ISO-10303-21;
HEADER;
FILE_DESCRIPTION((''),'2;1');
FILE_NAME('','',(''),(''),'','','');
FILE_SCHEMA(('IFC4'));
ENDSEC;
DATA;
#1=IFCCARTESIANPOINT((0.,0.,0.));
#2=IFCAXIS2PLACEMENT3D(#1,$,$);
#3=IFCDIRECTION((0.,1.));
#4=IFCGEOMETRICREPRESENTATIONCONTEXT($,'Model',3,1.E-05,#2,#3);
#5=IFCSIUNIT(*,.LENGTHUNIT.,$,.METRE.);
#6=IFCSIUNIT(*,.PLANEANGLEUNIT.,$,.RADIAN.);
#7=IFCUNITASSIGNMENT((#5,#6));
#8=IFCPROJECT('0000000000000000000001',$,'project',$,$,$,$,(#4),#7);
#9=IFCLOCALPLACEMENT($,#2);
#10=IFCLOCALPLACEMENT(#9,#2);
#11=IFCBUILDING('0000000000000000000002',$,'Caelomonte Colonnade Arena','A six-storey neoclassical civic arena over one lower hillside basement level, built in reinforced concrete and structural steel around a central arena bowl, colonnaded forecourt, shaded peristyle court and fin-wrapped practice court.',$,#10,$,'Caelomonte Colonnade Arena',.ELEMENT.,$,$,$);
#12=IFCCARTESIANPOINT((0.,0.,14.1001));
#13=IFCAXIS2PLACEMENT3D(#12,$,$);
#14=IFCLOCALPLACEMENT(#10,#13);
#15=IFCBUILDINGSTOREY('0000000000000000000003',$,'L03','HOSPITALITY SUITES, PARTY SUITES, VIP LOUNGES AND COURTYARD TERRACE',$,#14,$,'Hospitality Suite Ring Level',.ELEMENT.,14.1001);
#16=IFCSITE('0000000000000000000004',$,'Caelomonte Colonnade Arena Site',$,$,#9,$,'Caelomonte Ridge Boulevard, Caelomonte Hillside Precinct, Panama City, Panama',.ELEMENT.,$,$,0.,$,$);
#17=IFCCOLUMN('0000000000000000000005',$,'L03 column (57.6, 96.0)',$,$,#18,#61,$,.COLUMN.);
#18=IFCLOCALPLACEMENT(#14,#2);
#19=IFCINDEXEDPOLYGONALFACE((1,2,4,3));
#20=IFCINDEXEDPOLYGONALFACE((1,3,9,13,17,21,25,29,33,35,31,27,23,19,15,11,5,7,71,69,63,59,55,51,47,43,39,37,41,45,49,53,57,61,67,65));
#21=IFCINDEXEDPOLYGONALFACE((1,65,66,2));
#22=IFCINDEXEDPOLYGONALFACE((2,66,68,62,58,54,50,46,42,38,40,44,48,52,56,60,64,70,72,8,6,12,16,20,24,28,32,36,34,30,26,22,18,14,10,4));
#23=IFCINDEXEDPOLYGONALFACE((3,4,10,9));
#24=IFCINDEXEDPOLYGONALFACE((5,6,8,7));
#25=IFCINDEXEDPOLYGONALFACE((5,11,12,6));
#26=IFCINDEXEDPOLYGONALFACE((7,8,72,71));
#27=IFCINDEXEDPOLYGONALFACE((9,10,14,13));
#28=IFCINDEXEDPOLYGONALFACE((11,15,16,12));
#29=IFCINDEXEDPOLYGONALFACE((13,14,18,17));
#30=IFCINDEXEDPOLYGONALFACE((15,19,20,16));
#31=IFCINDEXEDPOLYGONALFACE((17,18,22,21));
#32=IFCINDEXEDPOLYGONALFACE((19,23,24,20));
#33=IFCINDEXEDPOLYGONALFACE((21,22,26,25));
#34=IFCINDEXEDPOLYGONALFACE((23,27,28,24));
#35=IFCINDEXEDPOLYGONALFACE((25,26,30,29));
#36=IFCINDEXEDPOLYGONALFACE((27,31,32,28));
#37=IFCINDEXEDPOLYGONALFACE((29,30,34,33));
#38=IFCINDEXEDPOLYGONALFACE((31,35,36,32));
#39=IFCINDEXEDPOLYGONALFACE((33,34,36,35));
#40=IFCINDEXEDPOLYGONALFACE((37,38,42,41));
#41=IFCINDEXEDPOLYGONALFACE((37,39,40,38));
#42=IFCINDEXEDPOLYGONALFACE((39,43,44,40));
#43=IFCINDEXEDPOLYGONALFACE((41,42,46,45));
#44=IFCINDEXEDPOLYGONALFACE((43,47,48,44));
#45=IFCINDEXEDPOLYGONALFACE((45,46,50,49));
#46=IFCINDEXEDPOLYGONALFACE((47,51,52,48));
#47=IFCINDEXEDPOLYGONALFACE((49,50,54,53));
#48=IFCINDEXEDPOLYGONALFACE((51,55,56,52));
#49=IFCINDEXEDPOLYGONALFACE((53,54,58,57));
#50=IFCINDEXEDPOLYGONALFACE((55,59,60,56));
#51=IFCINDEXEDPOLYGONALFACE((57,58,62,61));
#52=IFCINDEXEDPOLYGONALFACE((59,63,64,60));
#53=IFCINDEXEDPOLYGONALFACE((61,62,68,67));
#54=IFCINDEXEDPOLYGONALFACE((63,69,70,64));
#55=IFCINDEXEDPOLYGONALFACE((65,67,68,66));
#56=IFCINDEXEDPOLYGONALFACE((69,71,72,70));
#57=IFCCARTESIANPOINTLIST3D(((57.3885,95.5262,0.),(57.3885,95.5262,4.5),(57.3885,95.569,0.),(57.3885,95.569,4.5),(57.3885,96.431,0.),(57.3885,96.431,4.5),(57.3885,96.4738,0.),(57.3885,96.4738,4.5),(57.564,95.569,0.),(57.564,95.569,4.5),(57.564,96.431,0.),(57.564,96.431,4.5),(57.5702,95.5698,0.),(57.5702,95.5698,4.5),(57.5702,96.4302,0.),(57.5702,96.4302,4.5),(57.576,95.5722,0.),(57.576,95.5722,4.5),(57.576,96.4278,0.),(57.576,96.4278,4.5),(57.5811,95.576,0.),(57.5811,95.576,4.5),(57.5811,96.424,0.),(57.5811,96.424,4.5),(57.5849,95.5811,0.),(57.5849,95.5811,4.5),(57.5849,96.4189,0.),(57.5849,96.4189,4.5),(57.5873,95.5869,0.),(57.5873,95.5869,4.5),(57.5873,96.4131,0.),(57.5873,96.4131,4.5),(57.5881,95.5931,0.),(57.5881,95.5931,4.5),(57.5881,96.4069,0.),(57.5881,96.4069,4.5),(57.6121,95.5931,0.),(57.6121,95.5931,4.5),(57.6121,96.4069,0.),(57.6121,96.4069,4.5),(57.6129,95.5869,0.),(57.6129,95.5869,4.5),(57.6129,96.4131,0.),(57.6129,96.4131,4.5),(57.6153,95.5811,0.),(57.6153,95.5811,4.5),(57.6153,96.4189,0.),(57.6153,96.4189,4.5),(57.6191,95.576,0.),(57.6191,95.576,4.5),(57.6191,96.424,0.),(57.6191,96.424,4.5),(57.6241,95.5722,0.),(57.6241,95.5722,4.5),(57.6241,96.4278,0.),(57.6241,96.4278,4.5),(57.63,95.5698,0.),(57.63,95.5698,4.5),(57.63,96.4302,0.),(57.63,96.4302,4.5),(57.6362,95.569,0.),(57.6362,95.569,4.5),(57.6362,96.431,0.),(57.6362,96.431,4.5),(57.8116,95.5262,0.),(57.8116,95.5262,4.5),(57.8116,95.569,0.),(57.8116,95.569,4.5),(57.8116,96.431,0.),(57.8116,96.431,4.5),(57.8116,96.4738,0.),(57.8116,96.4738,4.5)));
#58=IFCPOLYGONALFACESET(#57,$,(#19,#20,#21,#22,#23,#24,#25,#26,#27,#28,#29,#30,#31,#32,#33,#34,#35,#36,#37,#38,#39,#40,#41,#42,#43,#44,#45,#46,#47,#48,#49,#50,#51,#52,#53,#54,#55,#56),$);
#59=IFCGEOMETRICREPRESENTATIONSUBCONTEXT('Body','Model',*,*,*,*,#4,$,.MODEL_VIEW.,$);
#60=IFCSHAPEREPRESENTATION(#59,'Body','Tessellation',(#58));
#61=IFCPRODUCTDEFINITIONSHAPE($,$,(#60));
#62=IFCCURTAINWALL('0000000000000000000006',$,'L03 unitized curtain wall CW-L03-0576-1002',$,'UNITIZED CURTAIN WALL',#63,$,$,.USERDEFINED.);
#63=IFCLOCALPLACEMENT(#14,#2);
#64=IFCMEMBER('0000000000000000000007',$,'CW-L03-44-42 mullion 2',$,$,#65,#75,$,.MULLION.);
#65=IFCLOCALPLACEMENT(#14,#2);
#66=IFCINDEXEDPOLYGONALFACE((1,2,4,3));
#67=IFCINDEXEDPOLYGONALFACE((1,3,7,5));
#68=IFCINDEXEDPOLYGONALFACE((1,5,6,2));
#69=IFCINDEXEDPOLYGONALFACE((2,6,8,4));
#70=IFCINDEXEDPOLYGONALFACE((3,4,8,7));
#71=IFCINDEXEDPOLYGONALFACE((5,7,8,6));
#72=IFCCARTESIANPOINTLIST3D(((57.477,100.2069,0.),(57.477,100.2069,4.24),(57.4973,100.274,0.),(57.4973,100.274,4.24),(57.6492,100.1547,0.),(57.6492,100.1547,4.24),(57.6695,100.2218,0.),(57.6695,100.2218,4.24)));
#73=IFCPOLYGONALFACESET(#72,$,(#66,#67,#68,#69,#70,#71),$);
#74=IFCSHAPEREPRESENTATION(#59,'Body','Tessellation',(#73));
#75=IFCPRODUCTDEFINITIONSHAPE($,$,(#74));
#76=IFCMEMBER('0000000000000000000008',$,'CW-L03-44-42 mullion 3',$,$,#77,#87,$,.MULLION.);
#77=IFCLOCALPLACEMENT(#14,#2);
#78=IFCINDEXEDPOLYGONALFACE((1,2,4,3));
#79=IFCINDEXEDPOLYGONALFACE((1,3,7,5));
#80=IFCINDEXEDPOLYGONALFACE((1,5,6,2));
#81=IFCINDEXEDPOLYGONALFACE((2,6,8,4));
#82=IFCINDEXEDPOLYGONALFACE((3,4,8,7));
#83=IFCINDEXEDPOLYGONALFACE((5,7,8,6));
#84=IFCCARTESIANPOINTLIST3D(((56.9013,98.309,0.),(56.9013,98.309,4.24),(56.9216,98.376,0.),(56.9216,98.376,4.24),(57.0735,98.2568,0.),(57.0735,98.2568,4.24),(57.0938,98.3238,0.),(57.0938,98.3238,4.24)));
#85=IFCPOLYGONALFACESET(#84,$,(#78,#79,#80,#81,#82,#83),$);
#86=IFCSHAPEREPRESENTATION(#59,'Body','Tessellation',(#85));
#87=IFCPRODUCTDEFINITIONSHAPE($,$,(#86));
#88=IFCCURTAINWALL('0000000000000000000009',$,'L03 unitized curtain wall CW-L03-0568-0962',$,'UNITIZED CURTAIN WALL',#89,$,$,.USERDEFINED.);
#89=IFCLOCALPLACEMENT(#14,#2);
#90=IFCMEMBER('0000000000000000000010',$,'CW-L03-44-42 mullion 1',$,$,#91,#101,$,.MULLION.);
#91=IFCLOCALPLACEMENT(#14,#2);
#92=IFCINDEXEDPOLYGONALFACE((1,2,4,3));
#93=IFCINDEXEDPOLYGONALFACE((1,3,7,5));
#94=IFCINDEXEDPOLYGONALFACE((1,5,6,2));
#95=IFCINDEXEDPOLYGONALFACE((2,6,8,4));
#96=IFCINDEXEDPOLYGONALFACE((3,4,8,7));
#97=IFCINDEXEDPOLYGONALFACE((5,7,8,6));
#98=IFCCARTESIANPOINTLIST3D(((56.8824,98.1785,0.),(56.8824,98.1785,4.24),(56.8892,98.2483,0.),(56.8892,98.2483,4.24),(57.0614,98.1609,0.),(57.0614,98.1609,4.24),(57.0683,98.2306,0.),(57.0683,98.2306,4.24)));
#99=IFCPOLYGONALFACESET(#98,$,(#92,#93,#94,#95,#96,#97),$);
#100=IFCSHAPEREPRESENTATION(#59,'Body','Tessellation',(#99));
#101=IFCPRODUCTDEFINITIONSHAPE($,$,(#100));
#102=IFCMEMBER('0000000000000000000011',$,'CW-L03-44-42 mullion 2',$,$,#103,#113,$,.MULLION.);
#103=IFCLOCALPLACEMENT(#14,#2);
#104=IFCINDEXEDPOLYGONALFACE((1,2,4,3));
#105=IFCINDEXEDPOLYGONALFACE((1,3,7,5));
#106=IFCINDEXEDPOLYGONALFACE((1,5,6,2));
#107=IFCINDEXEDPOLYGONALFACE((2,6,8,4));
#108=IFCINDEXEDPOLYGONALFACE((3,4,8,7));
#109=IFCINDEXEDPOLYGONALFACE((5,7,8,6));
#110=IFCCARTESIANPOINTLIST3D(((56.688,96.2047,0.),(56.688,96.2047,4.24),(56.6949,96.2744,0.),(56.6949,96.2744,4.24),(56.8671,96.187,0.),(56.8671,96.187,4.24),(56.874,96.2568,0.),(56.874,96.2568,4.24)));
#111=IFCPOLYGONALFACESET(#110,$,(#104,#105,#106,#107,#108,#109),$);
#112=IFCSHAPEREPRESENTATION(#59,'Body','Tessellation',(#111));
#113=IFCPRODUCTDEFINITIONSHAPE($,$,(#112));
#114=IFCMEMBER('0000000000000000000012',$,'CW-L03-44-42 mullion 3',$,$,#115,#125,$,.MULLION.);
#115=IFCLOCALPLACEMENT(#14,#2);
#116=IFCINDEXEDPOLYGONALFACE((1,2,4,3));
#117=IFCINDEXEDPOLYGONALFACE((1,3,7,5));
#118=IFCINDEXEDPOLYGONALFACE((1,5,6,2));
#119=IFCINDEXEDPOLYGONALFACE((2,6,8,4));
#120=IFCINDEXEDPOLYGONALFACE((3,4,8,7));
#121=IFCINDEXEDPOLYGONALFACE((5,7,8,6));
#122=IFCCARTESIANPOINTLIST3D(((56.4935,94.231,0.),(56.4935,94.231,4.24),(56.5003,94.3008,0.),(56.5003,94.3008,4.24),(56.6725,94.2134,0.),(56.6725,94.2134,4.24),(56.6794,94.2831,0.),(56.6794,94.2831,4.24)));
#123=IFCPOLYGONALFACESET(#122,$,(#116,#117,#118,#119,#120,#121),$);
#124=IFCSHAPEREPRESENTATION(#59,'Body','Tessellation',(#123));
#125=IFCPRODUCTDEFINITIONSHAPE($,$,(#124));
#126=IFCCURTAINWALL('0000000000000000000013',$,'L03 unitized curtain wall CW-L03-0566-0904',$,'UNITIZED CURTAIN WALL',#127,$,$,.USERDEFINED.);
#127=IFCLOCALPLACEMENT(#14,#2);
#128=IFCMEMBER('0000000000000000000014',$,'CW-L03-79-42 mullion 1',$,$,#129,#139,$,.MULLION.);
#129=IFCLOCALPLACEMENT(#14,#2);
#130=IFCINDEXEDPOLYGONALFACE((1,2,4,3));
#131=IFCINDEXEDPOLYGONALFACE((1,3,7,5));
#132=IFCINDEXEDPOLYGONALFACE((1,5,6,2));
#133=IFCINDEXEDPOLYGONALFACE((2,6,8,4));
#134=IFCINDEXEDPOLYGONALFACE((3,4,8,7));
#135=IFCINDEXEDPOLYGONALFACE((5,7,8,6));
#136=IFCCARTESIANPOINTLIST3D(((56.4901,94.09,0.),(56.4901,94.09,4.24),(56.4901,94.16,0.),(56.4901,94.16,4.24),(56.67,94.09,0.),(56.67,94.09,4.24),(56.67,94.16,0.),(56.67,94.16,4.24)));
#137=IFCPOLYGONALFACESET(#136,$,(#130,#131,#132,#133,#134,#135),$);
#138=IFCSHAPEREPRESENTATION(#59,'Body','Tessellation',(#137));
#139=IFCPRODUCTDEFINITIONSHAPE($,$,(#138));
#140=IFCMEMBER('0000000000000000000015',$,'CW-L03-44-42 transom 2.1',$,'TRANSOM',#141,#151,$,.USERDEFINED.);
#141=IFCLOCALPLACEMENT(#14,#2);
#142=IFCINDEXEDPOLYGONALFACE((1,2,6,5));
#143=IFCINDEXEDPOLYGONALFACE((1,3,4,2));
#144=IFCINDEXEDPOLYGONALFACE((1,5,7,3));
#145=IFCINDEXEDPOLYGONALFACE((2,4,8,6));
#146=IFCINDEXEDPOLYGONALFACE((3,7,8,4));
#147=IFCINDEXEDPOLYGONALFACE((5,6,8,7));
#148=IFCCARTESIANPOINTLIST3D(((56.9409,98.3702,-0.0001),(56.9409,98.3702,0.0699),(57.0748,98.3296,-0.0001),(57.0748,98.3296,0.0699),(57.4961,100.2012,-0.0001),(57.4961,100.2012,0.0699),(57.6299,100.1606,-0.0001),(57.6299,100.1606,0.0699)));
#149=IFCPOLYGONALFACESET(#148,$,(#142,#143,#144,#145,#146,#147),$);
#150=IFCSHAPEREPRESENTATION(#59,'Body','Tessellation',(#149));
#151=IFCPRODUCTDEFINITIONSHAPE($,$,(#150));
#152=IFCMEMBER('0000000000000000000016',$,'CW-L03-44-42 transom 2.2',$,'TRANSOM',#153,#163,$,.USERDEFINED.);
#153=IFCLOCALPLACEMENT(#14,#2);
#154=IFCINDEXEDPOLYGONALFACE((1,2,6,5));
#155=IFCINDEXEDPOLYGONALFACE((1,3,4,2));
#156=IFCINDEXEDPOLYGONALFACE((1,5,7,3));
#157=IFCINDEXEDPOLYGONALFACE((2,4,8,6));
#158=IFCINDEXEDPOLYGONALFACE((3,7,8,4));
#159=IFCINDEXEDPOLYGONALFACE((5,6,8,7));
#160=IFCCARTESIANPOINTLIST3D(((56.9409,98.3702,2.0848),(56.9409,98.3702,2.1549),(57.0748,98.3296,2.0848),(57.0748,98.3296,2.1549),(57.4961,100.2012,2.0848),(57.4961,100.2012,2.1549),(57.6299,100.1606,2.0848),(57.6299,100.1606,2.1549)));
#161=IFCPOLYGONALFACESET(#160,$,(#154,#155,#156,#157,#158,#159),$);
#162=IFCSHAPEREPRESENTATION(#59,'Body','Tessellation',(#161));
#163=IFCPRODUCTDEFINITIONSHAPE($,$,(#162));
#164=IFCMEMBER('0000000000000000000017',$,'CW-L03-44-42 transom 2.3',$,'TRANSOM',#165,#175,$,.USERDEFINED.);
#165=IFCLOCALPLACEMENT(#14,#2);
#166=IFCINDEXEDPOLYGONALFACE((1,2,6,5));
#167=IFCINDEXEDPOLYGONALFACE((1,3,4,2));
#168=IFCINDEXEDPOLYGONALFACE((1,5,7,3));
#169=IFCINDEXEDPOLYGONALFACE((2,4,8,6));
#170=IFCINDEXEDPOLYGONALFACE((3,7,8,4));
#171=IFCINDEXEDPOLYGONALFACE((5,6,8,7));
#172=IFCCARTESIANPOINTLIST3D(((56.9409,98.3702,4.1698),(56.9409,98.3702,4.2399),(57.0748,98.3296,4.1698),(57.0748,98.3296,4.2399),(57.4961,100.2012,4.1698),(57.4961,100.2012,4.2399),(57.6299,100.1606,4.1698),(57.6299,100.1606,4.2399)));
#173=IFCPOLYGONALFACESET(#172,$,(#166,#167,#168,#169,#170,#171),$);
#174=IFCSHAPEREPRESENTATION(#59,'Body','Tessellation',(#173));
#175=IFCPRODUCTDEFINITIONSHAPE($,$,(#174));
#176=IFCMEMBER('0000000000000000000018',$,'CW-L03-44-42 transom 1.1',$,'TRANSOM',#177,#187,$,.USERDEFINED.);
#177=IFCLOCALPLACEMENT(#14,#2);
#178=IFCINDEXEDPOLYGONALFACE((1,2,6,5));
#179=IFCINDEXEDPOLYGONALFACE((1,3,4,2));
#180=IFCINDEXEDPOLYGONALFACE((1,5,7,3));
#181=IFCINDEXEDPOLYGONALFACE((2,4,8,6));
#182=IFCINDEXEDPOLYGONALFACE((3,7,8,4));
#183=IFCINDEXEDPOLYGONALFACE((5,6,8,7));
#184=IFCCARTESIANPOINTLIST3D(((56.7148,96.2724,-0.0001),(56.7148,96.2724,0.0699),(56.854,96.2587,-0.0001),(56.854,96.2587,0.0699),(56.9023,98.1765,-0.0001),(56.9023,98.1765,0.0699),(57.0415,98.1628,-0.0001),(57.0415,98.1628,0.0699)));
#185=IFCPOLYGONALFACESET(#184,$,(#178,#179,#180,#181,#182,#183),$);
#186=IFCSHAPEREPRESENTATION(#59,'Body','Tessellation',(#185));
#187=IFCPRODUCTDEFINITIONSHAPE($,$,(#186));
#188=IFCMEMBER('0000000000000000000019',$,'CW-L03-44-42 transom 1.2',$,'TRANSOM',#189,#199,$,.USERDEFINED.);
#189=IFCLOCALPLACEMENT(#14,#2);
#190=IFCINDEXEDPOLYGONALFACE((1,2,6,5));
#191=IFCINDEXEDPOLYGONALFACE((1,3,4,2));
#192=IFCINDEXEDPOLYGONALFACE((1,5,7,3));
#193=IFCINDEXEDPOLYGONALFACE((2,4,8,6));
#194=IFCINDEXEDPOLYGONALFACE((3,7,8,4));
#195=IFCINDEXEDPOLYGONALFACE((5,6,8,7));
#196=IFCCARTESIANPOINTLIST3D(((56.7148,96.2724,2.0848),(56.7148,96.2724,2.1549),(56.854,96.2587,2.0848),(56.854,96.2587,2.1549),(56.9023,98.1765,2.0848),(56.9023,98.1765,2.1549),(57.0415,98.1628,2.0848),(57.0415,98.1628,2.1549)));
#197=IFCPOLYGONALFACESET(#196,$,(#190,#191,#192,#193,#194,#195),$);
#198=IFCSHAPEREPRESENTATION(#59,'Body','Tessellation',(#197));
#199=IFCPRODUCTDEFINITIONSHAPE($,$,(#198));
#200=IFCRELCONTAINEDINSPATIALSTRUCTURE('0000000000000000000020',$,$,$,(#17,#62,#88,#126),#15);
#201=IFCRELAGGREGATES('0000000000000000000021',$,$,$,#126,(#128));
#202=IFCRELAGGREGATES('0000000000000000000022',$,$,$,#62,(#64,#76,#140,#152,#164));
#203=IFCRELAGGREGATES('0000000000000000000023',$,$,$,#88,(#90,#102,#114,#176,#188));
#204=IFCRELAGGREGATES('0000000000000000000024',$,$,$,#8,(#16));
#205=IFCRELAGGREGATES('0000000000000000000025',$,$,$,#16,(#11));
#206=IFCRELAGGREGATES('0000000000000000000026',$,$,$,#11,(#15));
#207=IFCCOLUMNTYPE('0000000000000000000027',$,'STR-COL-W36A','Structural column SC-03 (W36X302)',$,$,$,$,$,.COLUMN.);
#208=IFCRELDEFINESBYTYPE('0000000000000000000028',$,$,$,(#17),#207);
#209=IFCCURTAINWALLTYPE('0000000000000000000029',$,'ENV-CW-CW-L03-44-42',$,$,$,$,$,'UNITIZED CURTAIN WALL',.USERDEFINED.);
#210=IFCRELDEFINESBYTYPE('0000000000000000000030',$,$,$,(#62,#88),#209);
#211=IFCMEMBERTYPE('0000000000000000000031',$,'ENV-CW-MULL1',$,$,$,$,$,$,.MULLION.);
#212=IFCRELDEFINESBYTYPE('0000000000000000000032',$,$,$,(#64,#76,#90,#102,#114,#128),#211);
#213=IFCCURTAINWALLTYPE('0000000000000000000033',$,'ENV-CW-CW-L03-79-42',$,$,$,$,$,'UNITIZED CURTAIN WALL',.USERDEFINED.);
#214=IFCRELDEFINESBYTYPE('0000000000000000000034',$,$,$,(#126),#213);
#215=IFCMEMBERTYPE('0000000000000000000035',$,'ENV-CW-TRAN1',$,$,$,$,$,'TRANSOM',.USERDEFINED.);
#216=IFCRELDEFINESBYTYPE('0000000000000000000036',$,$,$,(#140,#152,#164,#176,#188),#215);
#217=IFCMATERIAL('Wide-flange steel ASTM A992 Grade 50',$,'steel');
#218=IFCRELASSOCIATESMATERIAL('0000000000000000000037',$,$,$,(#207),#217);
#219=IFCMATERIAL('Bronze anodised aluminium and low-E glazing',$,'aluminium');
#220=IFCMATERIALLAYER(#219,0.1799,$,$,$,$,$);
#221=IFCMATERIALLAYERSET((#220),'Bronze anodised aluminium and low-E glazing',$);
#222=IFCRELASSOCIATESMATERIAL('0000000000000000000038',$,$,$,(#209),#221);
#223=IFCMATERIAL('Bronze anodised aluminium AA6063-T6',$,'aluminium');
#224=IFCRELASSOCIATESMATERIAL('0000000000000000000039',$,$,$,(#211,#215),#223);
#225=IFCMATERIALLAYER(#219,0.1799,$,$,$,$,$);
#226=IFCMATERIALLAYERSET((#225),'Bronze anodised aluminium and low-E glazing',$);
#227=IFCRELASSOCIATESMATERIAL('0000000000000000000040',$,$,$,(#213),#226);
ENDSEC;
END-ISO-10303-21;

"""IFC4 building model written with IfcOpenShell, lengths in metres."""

from ifc_helpers import new_model, si_unit, direction, frame, origin, origin_2d, place, context, subcontext, project, spatial, rectangle, i_section, extrude, material, layer, layer_set, material_profile, profile_set, type_object, element, aggregate, save


model = new_model("IFC4")

# Units and contexts
model_context = context("Model", 3, precision=1e-05, world=origin(), true_north=direction((0.0, 1.0)))
body_context = subcontext(model_context, "Body", "Model", "MODEL_VIEW")
ifc_project = project(units=[si_unit("LENGTHUNIT", "METRE"), si_unit("PLANEANGLEUNIT", "RADIAN")], contexts=[model_context])

# Site, building, storey
site_placement = place(None, origin())
site = spatial("IfcSite", under=ifc_project, at=site_placement, Name="Caelomonte Colonnade Arena Site", LongName="Caelomonte Ridge Boulevard, Caelomonte Hillside Precinct, Panama City, Panama", CompositionType="ELEMENT", RefElevation=0.0)
building_placement = place(site_placement, origin())
building = spatial("IfcBuilding", under=site, at=building_placement, Name="Caelomonte Colonnade Arena", Description="A six-storey neoclassical civic arena over one lower hillside basement level, built in reinforced concrete and structural steel around a central arena bowl, colonnaded forecourt, shaded peristyle court and fin-wrapped practice court.", LongName="Caelomonte Colonnade Arena", CompositionType="ELEMENT")
storey_placement = place(building_placement, frame((0.0, 0.0, 14.1001)))
storey = spatial("IfcBuildingStorey", under=building, at=storey_placement, Name="L03", Description="HOSPITALITY SUITES, PARTY SUITES, VIP LOUNGES AND COURTYARD TERRACE", LongName="Hospitality Suite Ring Level", CompositionType="ELEMENT", Elevation=14.1001)

# Column
ifc_material_1 = material(Name="Wide-flange steel ASTM A992 Grade 50", Category="steel")
ifc_material_profile_1 = material_profile(ifc_material_1, i_section(OverallWidth=0.4231, OverallDepth=0.9475, WebThickness=0.0239, FlangeThickness=0.0427, FilletRadius=0.0242, at=origin_2d()), Name="W36X302")
ifc_profile_set_1 = profile_set([ifc_material_profile_1], Name="Wide-flange steel ASTM A992 Grade 50")
column_type = type_object("IfcColumnType", Name="STR-COL-W36A", Description="Structural column SC-03 (W36X302)", PredefinedType="COLUMN", material=ifc_profile_set_1)
column_placement = place(storey_placement, frame((57.6001, 96.0, 0.0), z_axis=(0.0, 0.0, 1.0), x_axis=(1.0, 0.0, 0.0)))
element("IfcColumn", 1, at=column_placement, inside=storey, type_object=column_type, Name="L03 column (57.6, 96.0)", PredefinedType="COLUMN", context=body_context, shape_type="SweptSolid", body=[
    extrude(i_section(OverallWidth=0.4231, OverallDepth=0.9475, WebThickness=0.0239, FlangeThickness=0.0427, FilletRadius=0.0242, at=origin_2d()), origin(), (0.0, 0.0, 1.0), 4.5),
])

# Curtain walls, members
ifc_material_2 = material(Name="Bronze anodised aluminium and low-E glazing", Category="aluminium")
ifc_layer_1 = layer(ifc_material_2, 0.1799)
ifc_layer_set_1 = layer_set([ifc_layer_1], Name="Bronze anodised aluminium and low-E glazing")
curtain_wall_type_1 = type_object("IfcCurtainWallType", Name="ENV-CW-CW-L03-44-42", ElementType="UNITIZED CURTAIN WALL", PredefinedType="USERDEFINED", material=ifc_layer_set_1)
curtain_wall_1_placement = place(storey_placement, origin())
curtain_wall_1 = element("IfcCurtainWall", 2, at=curtain_wall_1_placement, inside=storey, type_object=curtain_wall_type_1, Name="L03 unitized curtain wall CW-L03-0576-1002", ObjectType="UNITIZED CURTAIN WALL", PredefinedType="USERDEFINED")
ifc_material_3 = material(Name="Bronze anodised aluminium AA6063-T6", Category="aluminium")
ifc_material_profile_2 = material_profile(ifc_material_3, rectangle(XDim=0.0701, YDim=0.1799, at=origin_2d()), Name="CWM-70X180")
ifc_profile_set_2 = profile_set([ifc_material_profile_2], Name="Bronze anodised aluminium AA6063-T6")
member_type_1 = type_object("IfcMemberType", Name="ENV-CW-MULL1", PredefinedType="MULLION", material=ifc_profile_set_2)
member_1_placement = place(storey_placement, frame((57.5732, 100.2144, 0.0), z_axis=(0.0, 0.0, 1.0), x_axis=(-0.290256, -0.956949, 0.0)))
member_1 = element("IfcMember", 3, at=member_1_placement, type_object=member_type_1, Name="CW-L03-44-42 mullion 2", PredefinedType="MULLION", context=body_context, shape_type="SweptSolid", body=[
    extrude(rectangle(XDim=0.0701, YDim=0.1799, at=origin_2d()), origin(), (0.0, 0.0, 1.0), 4.24),
])
member_2_placement = place(storey_placement, frame((56.9976, 98.3164, 0.0), z_axis=(0.0, 0.0, 1.0), x_axis=(-0.290256, -0.956949, 0.0)))
member_2 = element("IfcMember", 4, at=member_2_placement, type_object=member_type_1, Name="CW-L03-44-42 mullion 3", PredefinedType="MULLION", context=body_context, shape_type="SweptSolid", body=[
    extrude(rectangle(XDim=0.0701, YDim=0.1799, at=origin_2d()), origin(), (0.0, 0.0, 1.0), 4.24),
])
curtain_wall_2_placement = place(storey_placement, origin())
curtain_wall_2 = element("IfcCurtainWall", 5, at=curtain_wall_2_placement, inside=storey, type_object=curtain_wall_type_1, Name="L03 unitized curtain wall CW-L03-0568-0962", ObjectType="UNITIZED CURTAIN WALL", PredefinedType="USERDEFINED")
member_3_placement = place(storey_placement, frame((56.9753, 98.2046, 0.0), z_axis=(0.0, 0.0, 1.0), x_axis=(-0.098002, -0.995186, 0.0)))
member_3 = element("IfcMember", 6, at=member_3_placement, type_object=member_type_1, Name="CW-L03-44-42 mullion 1", PredefinedType="MULLION", context=body_context, shape_type="SweptSolid", body=[
    extrude(rectangle(XDim=0.0701, YDim=0.1799, at=origin_2d()), origin(), (0.0, 0.0, 1.0), 4.24),
])
member_4_placement = place(storey_placement, frame((56.781, 96.2307, 0.0), z_axis=(0.0, 0.0, 1.0), x_axis=(-0.098002, -0.995186, 0.0)))
member_4 = element("IfcMember", 7, at=member_4_placement, type_object=member_type_1, Name="CW-L03-44-42 mullion 2", PredefinedType="MULLION", context=body_context, shape_type="SweptSolid", body=[
    extrude(rectangle(XDim=0.0701, YDim=0.1799, at=origin_2d()), origin(), (0.0, 0.0, 1.0), 4.24),
])
member_5_placement = place(storey_placement, frame((56.5864, 94.2571, 0.0), z_axis=(0.0, 0.0, 1.0), x_axis=(-0.098002, -0.995186, 0.0)))
member_5 = element("IfcMember", 8, at=member_5_placement, type_object=member_type_1, Name="CW-L03-44-42 mullion 3", PredefinedType="MULLION", context=body_context, shape_type="SweptSolid", body=[
    extrude(rectangle(XDim=0.0701, YDim=0.1799, at=origin_2d()), origin(), (0.0, 0.0, 1.0), 4.24),
])

# Curtain wall, member
ifc_layer_2 = layer(ifc_material_2, 0.1799)
ifc_layer_set_2 = layer_set([ifc_layer_2], Name="Bronze anodised aluminium and low-E glazing")
curtain_wall_type_2 = type_object("IfcCurtainWallType", Name="ENV-CW-CW-L03-79-42", ElementType="UNITIZED CURTAIN WALL", PredefinedType="USERDEFINED", material=ifc_layer_set_2)
curtain_wall_3_placement = place(storey_placement, origin())
curtain_wall_3 = element("IfcCurtainWall", 9, at=curtain_wall_3_placement, inside=storey, type_object=curtain_wall_type_2, Name="L03 unitized curtain wall CW-L03-0566-0904", ObjectType="UNITIZED CURTAIN WALL", PredefinedType="USERDEFINED")
member_6_placement = place(storey_placement, frame((56.5801, 94.125, 0.0), z_axis=(0.0, 0.0, 1.0), x_axis=(0.0, -1.0, 0.0)))
member_6 = element("IfcMember", 10, at=member_6_placement, type_object=member_type_1, Name="CW-L03-79-42 mullion 1", PredefinedType="MULLION", context=body_context, shape_type="SweptSolid", body=[
    extrude(rectangle(XDim=0.0701, YDim=0.1799, at=origin_2d()), origin(), (0.0, 0.0, 1.0), 4.24),
])

# Members
ifc_material_profile_3 = material_profile(ifc_material_3, rectangle(XDim=0.0701, YDim=0.1399, at=origin_2d()), Name="CWT-70X140")
ifc_profile_set_3 = profile_set([ifc_material_profile_3], Name="Bronze anodised aluminium AA6063-T6")
member_type_2 = type_object("IfcMemberType", Name="ENV-CW-TRAN1", ElementType="TRANSOM", PredefinedType="USERDEFINED", material=ifc_profile_set_3)
member_7_placement = place(storey_placement, frame((57.563, 100.1809, 0.0349), z_axis=(-0.290156, -0.956979, 0.0), x_axis=(0.0, 0.0, 1.0)))
member_7 = element("IfcMember", 11, at=member_7_placement, type_object=member_type_2, Name="CW-L03-44-42 transom 2.1", ObjectType="TRANSOM", PredefinedType="USERDEFINED", context=body_context, shape_type="SweptSolid", body=[
    extrude(rectangle(XDim=0.0701, YDim=0.1399, at=origin_2d()), origin(), (0.0, 0.0, 1.0), 1.9133),
])
member_8_placement = place(storey_placement, frame((57.563, 100.1809, 2.1199), z_axis=(-0.290156, -0.956979, 0.0), x_axis=(0.0, 0.0, 1.0)))
member_8 = element("IfcMember", 12, at=member_8_placement, type_object=member_type_2, Name="CW-L03-44-42 transom 2.2", ObjectType="TRANSOM", PredefinedType="USERDEFINED", context=body_context, shape_type="SweptSolid", body=[
    extrude(rectangle(XDim=0.0701, YDim=0.1399, at=origin_2d()), origin(), (0.0, 0.0, 1.0), 1.9133),
])
member_9_placement = place(storey_placement, frame((57.563, 100.1809, 4.2048), z_axis=(-0.290156, -0.956979, 0.0), x_axis=(0.0, 0.0, 1.0)))
member_9 = element("IfcMember", 13, at=member_9_placement, type_object=member_type_2, Name="CW-L03-44-42 transom 2.3", ObjectType="TRANSOM", PredefinedType="USERDEFINED", context=body_context, shape_type="SweptSolid", body=[
    extrude(rectangle(XDim=0.0701, YDim=0.1399, at=origin_2d()), origin(), (0.0, 0.0, 1.0), 1.9133),
])
member_10_placement = place(storey_placement, frame((56.9719, 98.1697, 0.0349), z_axis=(-0.098, -0.995186, 0.0), x_axis=(0.0, 0.0, 1.0)))
member_10 = element("IfcMember", 14, at=member_10_placement, type_object=member_type_2, Name="CW-L03-44-42 transom 1.1", ObjectType="TRANSOM", PredefinedType="USERDEFINED", context=body_context, shape_type="SweptSolid", body=[
    extrude(rectangle(XDim=0.0701, YDim=0.1399, at=origin_2d()), origin(), (0.0, 0.0, 1.0), 1.9133),
])
member_11_placement = place(storey_placement, frame((56.9719, 98.1697, 2.1199), z_axis=(-0.098, -0.995186, 0.0), x_axis=(0.0, 0.0, 1.0)))
member_11 = element("IfcMember", 15, at=member_11_placement, type_object=member_type_2, Name="CW-L03-44-42 transom 1.2", ObjectType="TRANSOM", PredefinedType="USERDEFINED", context=body_context, shape_type="SweptSolid", body=[
    extrude(rectangle(XDim=0.0701, YDim=0.1399, at=origin_2d()), origin(), (0.0, 0.0, 1.0), 1.9133),
])
aggregate(curtain_wall_3, [member_6])

aggregate(curtain_wall_1, [member_1, member_2, member_7, member_8, member_9])
aggregate(curtain_wall_2, [member_3, member_4, member_5, member_10, member_11])

save(model, "model.ifc")
